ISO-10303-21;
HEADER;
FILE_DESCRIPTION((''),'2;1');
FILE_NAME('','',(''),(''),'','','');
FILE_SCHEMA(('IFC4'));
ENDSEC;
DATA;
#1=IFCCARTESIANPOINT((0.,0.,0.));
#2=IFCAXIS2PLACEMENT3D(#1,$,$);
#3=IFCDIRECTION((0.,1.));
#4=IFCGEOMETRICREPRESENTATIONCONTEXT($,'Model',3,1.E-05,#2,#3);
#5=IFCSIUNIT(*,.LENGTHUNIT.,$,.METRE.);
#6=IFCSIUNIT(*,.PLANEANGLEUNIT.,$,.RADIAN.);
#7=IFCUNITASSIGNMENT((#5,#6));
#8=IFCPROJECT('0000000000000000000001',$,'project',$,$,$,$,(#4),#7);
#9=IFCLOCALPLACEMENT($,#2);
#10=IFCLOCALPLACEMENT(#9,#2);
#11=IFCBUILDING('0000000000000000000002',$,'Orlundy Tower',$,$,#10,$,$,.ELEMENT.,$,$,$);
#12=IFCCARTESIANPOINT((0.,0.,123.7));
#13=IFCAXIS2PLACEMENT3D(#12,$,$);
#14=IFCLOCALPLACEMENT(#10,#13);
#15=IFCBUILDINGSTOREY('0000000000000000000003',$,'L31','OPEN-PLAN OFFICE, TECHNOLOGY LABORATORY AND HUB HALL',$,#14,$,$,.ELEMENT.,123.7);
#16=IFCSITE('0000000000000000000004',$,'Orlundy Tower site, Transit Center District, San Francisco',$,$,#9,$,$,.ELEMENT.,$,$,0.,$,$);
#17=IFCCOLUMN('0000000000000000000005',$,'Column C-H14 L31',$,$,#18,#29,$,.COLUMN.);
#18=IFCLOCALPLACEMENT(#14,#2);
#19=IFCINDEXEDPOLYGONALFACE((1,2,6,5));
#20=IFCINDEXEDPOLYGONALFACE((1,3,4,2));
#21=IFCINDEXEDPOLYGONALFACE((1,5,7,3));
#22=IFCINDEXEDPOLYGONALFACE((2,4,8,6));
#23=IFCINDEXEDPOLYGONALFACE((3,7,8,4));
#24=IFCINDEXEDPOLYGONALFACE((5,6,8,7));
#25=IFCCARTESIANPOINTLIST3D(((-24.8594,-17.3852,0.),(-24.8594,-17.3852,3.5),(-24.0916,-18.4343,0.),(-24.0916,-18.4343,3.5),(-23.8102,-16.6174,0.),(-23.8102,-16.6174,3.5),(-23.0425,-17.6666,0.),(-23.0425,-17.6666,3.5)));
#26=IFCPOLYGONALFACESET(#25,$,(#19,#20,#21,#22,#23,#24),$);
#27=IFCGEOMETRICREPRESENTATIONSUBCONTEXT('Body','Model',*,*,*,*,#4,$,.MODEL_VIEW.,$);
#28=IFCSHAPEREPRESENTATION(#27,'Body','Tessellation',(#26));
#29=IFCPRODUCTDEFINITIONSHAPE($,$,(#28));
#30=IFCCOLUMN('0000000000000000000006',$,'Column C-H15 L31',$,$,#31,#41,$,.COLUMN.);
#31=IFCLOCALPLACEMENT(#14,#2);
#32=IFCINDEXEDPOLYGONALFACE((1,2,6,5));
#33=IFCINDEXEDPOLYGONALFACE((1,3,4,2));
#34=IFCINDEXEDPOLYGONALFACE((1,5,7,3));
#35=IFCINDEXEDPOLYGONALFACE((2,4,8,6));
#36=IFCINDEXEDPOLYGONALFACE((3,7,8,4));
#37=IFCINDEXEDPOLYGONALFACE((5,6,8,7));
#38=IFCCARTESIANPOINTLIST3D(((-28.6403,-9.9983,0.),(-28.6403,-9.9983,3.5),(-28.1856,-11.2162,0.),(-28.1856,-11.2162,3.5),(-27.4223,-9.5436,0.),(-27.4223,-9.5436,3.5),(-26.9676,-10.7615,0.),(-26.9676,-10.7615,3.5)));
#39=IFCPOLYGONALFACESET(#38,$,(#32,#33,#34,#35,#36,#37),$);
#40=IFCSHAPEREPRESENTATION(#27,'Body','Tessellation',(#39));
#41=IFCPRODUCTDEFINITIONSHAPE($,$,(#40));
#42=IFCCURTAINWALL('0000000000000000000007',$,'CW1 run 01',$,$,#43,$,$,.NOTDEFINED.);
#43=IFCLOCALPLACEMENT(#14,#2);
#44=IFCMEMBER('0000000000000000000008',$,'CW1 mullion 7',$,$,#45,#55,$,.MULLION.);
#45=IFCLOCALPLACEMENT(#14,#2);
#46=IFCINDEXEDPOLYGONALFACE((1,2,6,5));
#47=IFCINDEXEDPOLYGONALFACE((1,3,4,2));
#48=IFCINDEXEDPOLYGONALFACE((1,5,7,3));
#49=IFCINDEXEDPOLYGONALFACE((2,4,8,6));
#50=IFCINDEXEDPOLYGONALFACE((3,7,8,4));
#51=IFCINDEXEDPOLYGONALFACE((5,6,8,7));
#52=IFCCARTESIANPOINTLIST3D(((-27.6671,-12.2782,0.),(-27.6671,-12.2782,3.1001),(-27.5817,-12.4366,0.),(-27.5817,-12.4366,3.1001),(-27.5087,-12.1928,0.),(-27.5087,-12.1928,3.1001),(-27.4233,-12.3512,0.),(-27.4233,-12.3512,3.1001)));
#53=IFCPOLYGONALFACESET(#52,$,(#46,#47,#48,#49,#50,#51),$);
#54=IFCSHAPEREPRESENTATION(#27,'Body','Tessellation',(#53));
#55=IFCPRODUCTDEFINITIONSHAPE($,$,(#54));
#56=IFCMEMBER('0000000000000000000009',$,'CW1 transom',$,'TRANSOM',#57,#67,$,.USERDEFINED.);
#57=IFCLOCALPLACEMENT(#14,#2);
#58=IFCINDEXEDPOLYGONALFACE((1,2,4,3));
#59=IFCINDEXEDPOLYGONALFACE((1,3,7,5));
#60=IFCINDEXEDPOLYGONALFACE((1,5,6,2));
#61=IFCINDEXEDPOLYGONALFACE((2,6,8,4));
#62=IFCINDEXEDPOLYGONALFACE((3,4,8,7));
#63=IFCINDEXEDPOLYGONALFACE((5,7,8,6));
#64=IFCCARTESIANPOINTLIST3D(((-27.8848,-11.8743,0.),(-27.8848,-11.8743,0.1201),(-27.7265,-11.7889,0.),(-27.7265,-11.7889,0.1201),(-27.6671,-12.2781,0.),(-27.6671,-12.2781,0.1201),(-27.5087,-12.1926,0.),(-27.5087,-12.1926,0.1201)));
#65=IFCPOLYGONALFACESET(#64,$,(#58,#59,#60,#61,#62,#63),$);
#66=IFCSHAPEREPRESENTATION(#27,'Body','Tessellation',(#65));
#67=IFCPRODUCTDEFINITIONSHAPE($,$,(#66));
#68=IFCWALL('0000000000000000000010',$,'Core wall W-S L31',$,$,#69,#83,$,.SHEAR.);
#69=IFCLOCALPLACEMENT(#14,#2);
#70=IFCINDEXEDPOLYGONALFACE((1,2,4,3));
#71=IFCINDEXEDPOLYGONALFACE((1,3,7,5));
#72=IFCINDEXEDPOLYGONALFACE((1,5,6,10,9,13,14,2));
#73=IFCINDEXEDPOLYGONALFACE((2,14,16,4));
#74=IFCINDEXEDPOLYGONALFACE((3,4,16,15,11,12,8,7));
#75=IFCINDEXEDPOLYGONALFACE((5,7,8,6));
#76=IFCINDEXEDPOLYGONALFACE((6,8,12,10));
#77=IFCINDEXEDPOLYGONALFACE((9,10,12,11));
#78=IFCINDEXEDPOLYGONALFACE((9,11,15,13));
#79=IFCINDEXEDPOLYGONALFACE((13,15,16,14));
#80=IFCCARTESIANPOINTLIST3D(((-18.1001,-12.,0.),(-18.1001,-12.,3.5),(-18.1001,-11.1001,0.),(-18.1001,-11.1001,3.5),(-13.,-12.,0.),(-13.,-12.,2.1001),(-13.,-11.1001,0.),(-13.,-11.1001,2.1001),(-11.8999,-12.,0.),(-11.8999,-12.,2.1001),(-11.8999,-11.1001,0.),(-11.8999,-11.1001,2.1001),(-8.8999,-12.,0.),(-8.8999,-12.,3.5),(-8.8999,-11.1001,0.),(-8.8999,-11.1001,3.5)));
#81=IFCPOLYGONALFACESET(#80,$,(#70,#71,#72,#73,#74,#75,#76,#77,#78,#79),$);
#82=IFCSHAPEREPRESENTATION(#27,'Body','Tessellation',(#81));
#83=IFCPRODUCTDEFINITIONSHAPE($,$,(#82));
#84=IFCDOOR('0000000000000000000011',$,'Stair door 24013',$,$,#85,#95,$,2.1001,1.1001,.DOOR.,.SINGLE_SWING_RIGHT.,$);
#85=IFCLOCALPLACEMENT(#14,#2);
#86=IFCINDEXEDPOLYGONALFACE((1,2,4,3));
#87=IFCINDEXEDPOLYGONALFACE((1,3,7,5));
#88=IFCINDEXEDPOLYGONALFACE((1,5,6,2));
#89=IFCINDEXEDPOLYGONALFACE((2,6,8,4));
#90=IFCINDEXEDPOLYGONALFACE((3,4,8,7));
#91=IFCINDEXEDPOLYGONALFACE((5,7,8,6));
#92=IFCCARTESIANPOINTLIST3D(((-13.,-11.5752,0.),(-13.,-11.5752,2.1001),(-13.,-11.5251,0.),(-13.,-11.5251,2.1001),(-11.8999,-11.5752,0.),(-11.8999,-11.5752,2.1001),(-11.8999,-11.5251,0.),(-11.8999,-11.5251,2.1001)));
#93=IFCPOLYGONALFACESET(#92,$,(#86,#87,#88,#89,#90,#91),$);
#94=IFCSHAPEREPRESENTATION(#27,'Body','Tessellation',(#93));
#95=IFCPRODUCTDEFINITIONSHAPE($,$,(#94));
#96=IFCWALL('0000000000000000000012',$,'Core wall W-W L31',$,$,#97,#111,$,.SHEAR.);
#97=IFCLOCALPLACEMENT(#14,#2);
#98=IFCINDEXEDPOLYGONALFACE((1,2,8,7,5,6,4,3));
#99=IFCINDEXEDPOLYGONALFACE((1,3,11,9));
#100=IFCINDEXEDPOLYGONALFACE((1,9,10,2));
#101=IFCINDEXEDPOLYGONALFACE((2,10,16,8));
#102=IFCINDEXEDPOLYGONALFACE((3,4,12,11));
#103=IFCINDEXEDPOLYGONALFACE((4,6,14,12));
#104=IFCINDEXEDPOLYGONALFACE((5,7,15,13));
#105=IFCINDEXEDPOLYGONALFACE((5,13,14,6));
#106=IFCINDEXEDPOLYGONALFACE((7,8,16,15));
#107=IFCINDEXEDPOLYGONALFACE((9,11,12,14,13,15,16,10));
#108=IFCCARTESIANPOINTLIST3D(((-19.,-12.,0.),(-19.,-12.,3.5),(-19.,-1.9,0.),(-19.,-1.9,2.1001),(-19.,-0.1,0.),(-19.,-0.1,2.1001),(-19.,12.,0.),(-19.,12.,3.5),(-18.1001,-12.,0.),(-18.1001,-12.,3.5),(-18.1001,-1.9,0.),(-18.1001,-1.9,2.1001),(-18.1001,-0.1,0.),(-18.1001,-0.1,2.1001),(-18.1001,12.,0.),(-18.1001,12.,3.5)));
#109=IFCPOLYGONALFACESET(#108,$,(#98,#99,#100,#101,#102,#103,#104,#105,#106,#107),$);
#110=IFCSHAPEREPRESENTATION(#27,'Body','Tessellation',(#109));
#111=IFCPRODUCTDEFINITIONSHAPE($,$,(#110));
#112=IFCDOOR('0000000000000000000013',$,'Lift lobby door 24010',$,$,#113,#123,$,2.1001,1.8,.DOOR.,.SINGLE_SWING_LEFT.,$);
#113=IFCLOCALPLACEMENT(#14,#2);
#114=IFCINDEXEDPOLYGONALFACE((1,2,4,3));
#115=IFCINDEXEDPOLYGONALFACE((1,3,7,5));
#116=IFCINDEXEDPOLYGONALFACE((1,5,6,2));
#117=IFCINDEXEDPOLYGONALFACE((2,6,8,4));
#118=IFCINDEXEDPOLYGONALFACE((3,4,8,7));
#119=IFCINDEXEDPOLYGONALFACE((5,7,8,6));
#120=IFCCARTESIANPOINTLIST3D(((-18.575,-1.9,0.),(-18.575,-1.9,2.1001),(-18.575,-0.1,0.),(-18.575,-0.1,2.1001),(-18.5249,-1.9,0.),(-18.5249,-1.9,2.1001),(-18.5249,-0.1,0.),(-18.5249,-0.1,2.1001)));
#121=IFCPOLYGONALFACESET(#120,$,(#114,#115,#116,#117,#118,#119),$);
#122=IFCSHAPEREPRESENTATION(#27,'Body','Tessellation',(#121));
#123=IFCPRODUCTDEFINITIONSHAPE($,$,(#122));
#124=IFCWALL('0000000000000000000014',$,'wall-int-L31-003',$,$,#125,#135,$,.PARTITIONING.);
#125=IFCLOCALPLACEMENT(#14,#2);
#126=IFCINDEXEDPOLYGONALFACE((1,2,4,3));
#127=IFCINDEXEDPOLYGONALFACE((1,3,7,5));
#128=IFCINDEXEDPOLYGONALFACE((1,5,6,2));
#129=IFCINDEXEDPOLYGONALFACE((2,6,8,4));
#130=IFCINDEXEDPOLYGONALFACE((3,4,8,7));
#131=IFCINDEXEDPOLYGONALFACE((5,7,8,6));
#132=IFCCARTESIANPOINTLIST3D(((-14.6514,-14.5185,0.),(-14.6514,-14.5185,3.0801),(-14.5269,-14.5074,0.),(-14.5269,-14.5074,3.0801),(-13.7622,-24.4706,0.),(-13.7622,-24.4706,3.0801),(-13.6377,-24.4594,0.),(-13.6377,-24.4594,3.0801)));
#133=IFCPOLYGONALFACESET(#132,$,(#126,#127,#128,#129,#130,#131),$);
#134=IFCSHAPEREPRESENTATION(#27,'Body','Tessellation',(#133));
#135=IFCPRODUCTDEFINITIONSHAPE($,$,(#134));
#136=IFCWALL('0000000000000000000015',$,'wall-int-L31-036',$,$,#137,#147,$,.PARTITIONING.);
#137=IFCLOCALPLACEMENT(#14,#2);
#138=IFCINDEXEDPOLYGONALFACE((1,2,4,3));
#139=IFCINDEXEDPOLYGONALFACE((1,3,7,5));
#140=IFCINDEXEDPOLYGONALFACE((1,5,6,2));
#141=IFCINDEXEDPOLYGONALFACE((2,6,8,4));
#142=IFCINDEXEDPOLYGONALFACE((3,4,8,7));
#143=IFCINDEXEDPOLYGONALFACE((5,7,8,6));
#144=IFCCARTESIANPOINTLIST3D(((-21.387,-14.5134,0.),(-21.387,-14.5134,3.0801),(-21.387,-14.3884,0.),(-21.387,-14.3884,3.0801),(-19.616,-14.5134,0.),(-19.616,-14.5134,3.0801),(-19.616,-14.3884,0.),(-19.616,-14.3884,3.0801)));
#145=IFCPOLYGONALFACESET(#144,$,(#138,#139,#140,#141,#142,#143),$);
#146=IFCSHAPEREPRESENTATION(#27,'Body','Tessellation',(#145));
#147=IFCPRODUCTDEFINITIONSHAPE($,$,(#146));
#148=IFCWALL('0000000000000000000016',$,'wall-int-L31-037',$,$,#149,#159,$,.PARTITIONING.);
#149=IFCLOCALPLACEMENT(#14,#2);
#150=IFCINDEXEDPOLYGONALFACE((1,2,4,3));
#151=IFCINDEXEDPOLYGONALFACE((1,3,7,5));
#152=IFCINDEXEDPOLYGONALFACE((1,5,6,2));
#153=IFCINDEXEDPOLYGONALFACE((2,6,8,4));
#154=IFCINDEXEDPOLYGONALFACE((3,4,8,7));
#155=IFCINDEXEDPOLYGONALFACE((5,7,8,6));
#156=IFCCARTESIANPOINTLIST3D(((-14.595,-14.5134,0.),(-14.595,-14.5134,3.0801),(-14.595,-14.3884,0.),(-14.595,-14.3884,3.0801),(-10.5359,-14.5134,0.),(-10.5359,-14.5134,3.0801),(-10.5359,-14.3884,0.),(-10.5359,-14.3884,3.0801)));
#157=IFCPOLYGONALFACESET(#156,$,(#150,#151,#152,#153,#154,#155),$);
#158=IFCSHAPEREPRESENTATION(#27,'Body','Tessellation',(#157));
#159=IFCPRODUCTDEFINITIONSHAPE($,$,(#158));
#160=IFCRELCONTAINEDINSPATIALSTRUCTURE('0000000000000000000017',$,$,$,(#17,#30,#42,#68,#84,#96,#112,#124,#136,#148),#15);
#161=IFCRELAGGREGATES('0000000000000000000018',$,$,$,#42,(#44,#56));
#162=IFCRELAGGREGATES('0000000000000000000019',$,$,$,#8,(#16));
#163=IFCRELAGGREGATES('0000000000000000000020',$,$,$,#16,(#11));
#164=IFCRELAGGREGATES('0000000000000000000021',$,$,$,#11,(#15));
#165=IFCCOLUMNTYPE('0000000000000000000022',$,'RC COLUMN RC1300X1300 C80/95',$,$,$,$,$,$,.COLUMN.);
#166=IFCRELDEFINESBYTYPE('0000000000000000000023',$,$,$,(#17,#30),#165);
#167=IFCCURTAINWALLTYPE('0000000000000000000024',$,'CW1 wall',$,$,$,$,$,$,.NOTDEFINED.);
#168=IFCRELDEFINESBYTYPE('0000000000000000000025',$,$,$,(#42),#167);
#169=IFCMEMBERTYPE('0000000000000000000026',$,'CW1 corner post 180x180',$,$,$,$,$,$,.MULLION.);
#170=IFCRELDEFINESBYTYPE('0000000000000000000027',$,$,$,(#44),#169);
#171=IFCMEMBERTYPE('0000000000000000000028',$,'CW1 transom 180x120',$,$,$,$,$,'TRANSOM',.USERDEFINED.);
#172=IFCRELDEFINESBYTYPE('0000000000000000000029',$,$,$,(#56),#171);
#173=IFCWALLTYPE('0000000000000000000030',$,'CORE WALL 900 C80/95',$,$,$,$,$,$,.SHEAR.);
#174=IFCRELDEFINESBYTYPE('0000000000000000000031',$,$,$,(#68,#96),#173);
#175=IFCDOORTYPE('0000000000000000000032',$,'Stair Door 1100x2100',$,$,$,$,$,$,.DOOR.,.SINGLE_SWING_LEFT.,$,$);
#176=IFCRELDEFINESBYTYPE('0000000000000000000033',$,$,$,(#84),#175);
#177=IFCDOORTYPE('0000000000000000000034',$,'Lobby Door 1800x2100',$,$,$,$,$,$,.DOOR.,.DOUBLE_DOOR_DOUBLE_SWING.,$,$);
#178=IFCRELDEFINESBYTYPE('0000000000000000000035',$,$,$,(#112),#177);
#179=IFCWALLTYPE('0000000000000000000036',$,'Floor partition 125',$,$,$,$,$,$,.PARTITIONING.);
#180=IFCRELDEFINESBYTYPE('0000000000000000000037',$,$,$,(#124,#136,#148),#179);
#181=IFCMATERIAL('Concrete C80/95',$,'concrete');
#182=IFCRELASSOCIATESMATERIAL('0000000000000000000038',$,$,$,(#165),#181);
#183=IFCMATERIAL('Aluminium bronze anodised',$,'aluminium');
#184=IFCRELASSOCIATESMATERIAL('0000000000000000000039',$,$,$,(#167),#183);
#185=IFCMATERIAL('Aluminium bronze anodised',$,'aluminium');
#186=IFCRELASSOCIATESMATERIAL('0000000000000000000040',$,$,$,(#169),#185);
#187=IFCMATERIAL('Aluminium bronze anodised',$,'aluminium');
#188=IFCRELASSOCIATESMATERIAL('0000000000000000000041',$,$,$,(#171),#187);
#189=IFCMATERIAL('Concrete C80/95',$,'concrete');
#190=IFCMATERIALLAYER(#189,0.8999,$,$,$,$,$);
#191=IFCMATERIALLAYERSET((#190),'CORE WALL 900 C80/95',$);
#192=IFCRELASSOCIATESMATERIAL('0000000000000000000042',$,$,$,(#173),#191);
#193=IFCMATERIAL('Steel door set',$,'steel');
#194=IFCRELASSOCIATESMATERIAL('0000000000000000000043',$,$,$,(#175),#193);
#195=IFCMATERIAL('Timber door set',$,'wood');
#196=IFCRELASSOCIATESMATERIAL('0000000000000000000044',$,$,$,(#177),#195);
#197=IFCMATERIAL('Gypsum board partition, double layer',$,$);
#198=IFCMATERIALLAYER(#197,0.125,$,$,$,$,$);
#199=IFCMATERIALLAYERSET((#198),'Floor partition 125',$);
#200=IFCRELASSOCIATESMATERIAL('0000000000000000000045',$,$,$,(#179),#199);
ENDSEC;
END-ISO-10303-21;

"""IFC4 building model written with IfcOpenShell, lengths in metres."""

from ifc_helpers import new_model, si_unit, direction, frame, frame_2d, origin, origin_2d, place, context, subcontext, project, spatial, rectangle, extrude, material, layer, layer_set, material_profile, profile_set, type_object, element, fill, aggregate, save


model = new_model("IFC4")

# Units and contexts
model_context = context("Model", 3, precision=1e-05, world=origin(), true_north=direction((0.0, 1.0)))
body_context = subcontext(model_context, "Body", "Model", "MODEL_VIEW")
ifc_project = project(units=[si_unit("LENGTHUNIT", "METRE"), si_unit("PLANEANGLEUNIT", "RADIAN")], contexts=[model_context])

# Site, building, storey
site_placement = place(None, origin())
site = spatial("IfcSite", under=ifc_project, at=site_placement, Name="Orlundy Tower site, Transit Center District, San Francisco", CompositionType="ELEMENT", RefElevation=0.0)
building_placement = place(site_placement, origin())
building = spatial("IfcBuilding", under=site, at=building_placement, Name="Orlundy Tower", CompositionType="ELEMENT")
storey_placement = place(building_placement, frame((0.0, 0.0, 123.7)))
storey = spatial("IfcBuildingStorey", under=building, at=storey_placement, Name="L31", Description="OPEN-PLAN OFFICE, TECHNOLOGY LABORATORY AND HUB HALL", CompositionType="ELEMENT", Elevation=123.7)

# Columns
ifc_material_1 = material(Name="Concrete C80/95", Category="concrete")
ifc_material_profile_1 = material_profile(ifc_material_1, rectangle(XDim=1.3, YDim=1.3, at=origin_2d()), Name="RC1300X1300")
ifc_profile_set_1 = profile_set([ifc_material_profile_1], Name="Concrete C80/95")
column_type = type_object("IfcColumnType", Name="RC COLUMN RC1300X1300 C80/95", PredefinedType="COLUMN", material=ifc_profile_set_1)
for number, where, z_axis, x_axis, name in (
    (1, (-23.9509, -17.5259, 0.0), (0.0, 0.0, 1.0), (-0.807012, -0.590535, 0.0), "Column C-H14 L31"),
    (2, (-27.804, -10.3799, 0.0), (0.0, 0.0, 1.0), (-0.936843, -0.34975, 0.0), "Column C-H15 L31"),
):
    element("IfcColumn", number, at=place(storey_placement, frame(where, z_axis=z_axis, x_axis=x_axis)), inside=storey, type_object=column_type, Name=name, PredefinedType="COLUMN", context=body_context, shape_type="SweptSolid", body=[
        extrude(rectangle(XDim=1.3, YDim=1.3, at=origin_2d()), origin(), (0.0, 0.0, 1.0), 3.5),
    ])

# Curtain wall, members
ifc_material_2 = material(Name="Aluminium bronze anodised", Category="aluminium")
curtain_wall_type = type_object("IfcCurtainWallType", Name="CW1 wall", PredefinedType="NOTDEFINED", material=ifc_material_2)
curtain_wall_placement = place(storey_placement, origin())
curtain_wall = element("IfcCurtainWall", 3, at=curtain_wall_placement, inside=storey, type_object=curtain_wall_type, Name="CW1 run 01", PredefinedType="NOTDEFINED")
ifc_material_3 = material(Name="Aluminium bronze anodised", Category="aluminium")
ifc_material_profile_2 = material_profile(ifc_material_3, rectangle(XDim=0.1799, YDim=0.1799, at=origin_2d()), Name="CW1 corner post 180x180")
ifc_profile_set_2 = profile_set([ifc_material_profile_2], Name="Aluminium bronze anodised")
member_type_1 = type_object("IfcMemberType", Name="CW1 corner post 180x180", PredefinedType="MULLION", material=ifc_profile_set_2)
member_1_placement = place(storey_placement, frame((-27.5452, -12.3147, 0.0), z_axis=(0.0, 0.0, 1.0), x_axis=(-0.880189, -0.474624, 0.0)))
member_1 = element("IfcMember", 4, at=member_1_placement, type_object=member_type_1, Name="CW1 mullion 7", PredefinedType="MULLION", context=body_context, shape_type="SweptSolid", body=[
    extrude(rectangle(XDim=0.1799, YDim=0.1799, at=origin_2d()), origin(), (0.0, 0.0, 1.0), 3.1001),
])
ifc_material_4 = material(Name="Aluminium bronze anodised", Category="aluminium")
ifc_material_profile_3 = material_profile(ifc_material_4, rectangle(XDim=0.1799, YDim=0.1201, at=origin_2d()), Name="CW1 transom 180x120")
ifc_profile_set_3 = profile_set([ifc_material_profile_3], Name="Aluminium bronze anodised")
member_type_2 = type_object("IfcMemberType", Name="CW1 transom 180x120", ElementType="TRANSOM", PredefinedType="USERDEFINED", material=ifc_profile_set_3)
member_2_placement = place(storey_placement, frame((-27.5879, -12.2354, 0.0601), z_axis=(-0.474671, 0.880163, 0.0), x_axis=(-0.880163, -0.474671, 0.0)))
member_2 = element("IfcMember", 5, at=member_2_placement, type_object=member_type_2, Name="CW1 transom", ObjectType="TRANSOM", PredefinedType="USERDEFINED", context=body_context, shape_type="SweptSolid", body=[
    extrude(rectangle(XDim=0.1799, YDim=0.1201, at=origin_2d()), origin(), (0.0, 0.0, 1.0), 0.4587),
])
aggregate(curtain_wall, [member_1, member_2])

# Walls, openings, doors
ifc_material_5 = material(Name="Concrete C80/95", Category="concrete")
ifc_layer_1 = layer(ifc_material_5, 0.8999)
ifc_layer_set_1 = layer_set([ifc_layer_1], Name="CORE WALL 900 C80/95")
wall_type_1 = type_object("IfcWallType", Name="CORE WALL 900 C80/95", PredefinedType="SHEAR", material=ifc_layer_set_1)
wall_1_placement = place(storey_placement, frame((-18.1001, -11.55, 0.0), z_axis=(0.0, 0.0, 1.0), x_axis=(1.0, 0.0, 0.0)))
wall_1 = element("IfcWall", 6, at=wall_1_placement, inside=storey, type_object=wall_type_1, Name="Core wall W-S L31", PredefinedType="SHEAR", context=body_context, shape_type="SweptSolid", body=[
    extrude(rectangle(XDim=9.2002, YDim=0.8999, at=frame_2d((4.6001, 0.0))), origin(), (0.0, 0.0, 1.0), 3.5),
])
opening_1_placement = place(wall_1_placement, frame((5.1001, 0.0, 0.0)))
opening_1 = element("IfcOpeningElement", 7, at=opening_1_placement, cuts=wall_1, PredefinedType="OPENING", context=body_context, shape_type="SweptSolid", body=[
    extrude(rectangle(XDim=1.1001, YDim=2.1001, at=frame_2d((0.55, 1.05))), frame((0.0, 0.46, 0.0), z_axis=(0.0, -1.0, 0.0), x_axis=(1.0, 0.0, 0.0)), (0.0, 0.0, 1.0), 0.9199),
])
ifc_material_6 = material(Name="Steel door set", Category="steel")
door_type_1 = type_object("IfcDoorType", Name="Stair Door 1100x2100", OperationType="SINGLE_SWING_LEFT", PredefinedType="DOOR", material=ifc_material_6)
door_1_placement = place(opening_1_placement, origin())
door_1 = element("IfcDoor", 8, at=door_1_placement, inside=storey, type_object=door_type_1, Name="Stair door 24013", OperationType="SINGLE_SWING_RIGHT", OverallHeight=2.1001, OverallWidth=1.1001, PredefinedType="DOOR", context=body_context, shape_type="SweptSolid", body=[
    extrude(rectangle(XDim=1.1001, YDim=2.1001, at=frame_2d((0.55, 1.05))), frame((0.0, 0.0249, 0.0), z_axis=(0.0, -1.0, 0.0), x_axis=(1.0, 0.0, 0.0)), (0.0, 0.0, 1.0), 0.05),
])
fill(opening_1, door_1)
wall_2_placement = place(storey_placement, frame((-18.55, -12.0, 0.0), z_axis=(0.0, 0.0, 1.0), x_axis=(0.0, 1.0, 0.0)))
wall_2 = element("IfcWall", 9, at=wall_2_placement, inside=storey, type_object=wall_type_1, Name="Core wall W-W L31", PredefinedType="SHEAR", context=body_context, shape_type="SweptSolid", body=[
    extrude(rectangle(XDim=24.0, YDim=0.8999, at=frame_2d((12.0, 0.0))), origin(), (0.0, 0.0, 1.0), 3.5),
])
opening_2_placement = place(wall_2_placement, frame((10.1001, 0.0, 0.0)))
opening_2 = element("IfcOpeningElement", 10, at=opening_2_placement, cuts=wall_2, PredefinedType="OPENING", context=body_context, shape_type="SweptSolid", body=[
    extrude(rectangle(XDim=1.8, YDim=2.1001, at=frame_2d((0.8999, 1.05))), frame((0.0, 0.46, 0.0), z_axis=(0.0, -1.0, 0.0), x_axis=(1.0, 0.0, 0.0)), (0.0, 0.0, 1.0), 0.9199),
])
ifc_material_7 = material(Name="Timber door set", Category="wood")
door_type_2 = type_object("IfcDoorType", Name="Lobby Door 1800x2100", OperationType="DOUBLE_DOOR_DOUBLE_SWING", PredefinedType="DOOR", material=ifc_material_7)
door_2_placement = place(opening_2_placement, origin())
door_2 = element("IfcDoor", 11, at=door_2_placement, inside=storey, type_object=door_type_2, Name="Lift lobby door 24010", OperationType="SINGLE_SWING_LEFT", OverallHeight=2.1001, OverallWidth=1.8, PredefinedType="DOOR", context=body_context, shape_type="SweptSolid", body=[
    extrude(rectangle(XDim=1.8, YDim=2.1001, at=frame_2d((0.8999, 1.05))), frame((0.0, 0.0249, 0.0), z_axis=(0.0, -1.0, 0.0), x_axis=(1.0, 0.0, 0.0)), (0.0, 0.0, 1.0), 0.05),
])
fill(opening_2, door_2)

# Walls
ifc_material_8 = material(Name="Gypsum board partition, double layer")
ifc_layer_2 = layer(ifc_material_8, 0.125)
ifc_layer_set_2 = layer_set([ifc_layer_2], Name="Floor partition 125")
wall_type_2 = type_object("IfcWallType", Name="Floor partition 125", PredefinedType="PARTITIONING", material=ifc_layer_set_2)
wall_3_placement = place(storey_placement, frame((-14.5891, -14.5129, 0.0), z_axis=(0.0, 0.0, 1.0), x_axis=(0.088989, -0.996033, 0.0)))
element("IfcWall", 12, at=wall_3_placement, inside=storey, type_object=wall_type_2, Name="wall-int-L31-003", PredefinedType="PARTITIONING", context=body_context, shape_type="SweptSolid", body=[
    extrude(rectangle(XDim=9.9917, YDim=0.125, at=frame_2d((4.9958, 0.0))), origin(), (0.0, 0.0, 1.0), 3.0801),
])
wall_4_placement = place(storey_placement, frame((-21.387, -14.4509, 0.0), z_axis=(0.0, 0.0, 1.0), x_axis=(1.0, 0.0, 0.0)))
element("IfcWall", 13, at=wall_4_placement, inside=storey, type_object=wall_type_2, Name="wall-int-L31-036", PredefinedType="PARTITIONING", context=body_context, shape_type="SweptSolid", body=[
    extrude(rectangle(XDim=1.771, YDim=0.125, at=frame_2d((0.8855, 0.0))), origin(), (0.0, 0.0, 1.0), 3.0801),
])
wall_5_placement = place(storey_placement, frame((-14.595, -14.4509, 0.0), z_axis=(0.0, 0.0, 1.0), x_axis=(1.0, 0.0, 0.0)))
element("IfcWall", 14, at=wall_5_placement, inside=storey, type_object=wall_type_2, Name="wall-int-L31-037", PredefinedType="PARTITIONING", context=body_context, shape_type="SweptSolid", body=[
    extrude(rectangle(XDim=4.0591, YDim=0.125, at=frame_2d((2.0295, 0.0))), origin(), (0.0, 0.0, 1.0), 3.0801),
])

save(model, "model.ifc")
